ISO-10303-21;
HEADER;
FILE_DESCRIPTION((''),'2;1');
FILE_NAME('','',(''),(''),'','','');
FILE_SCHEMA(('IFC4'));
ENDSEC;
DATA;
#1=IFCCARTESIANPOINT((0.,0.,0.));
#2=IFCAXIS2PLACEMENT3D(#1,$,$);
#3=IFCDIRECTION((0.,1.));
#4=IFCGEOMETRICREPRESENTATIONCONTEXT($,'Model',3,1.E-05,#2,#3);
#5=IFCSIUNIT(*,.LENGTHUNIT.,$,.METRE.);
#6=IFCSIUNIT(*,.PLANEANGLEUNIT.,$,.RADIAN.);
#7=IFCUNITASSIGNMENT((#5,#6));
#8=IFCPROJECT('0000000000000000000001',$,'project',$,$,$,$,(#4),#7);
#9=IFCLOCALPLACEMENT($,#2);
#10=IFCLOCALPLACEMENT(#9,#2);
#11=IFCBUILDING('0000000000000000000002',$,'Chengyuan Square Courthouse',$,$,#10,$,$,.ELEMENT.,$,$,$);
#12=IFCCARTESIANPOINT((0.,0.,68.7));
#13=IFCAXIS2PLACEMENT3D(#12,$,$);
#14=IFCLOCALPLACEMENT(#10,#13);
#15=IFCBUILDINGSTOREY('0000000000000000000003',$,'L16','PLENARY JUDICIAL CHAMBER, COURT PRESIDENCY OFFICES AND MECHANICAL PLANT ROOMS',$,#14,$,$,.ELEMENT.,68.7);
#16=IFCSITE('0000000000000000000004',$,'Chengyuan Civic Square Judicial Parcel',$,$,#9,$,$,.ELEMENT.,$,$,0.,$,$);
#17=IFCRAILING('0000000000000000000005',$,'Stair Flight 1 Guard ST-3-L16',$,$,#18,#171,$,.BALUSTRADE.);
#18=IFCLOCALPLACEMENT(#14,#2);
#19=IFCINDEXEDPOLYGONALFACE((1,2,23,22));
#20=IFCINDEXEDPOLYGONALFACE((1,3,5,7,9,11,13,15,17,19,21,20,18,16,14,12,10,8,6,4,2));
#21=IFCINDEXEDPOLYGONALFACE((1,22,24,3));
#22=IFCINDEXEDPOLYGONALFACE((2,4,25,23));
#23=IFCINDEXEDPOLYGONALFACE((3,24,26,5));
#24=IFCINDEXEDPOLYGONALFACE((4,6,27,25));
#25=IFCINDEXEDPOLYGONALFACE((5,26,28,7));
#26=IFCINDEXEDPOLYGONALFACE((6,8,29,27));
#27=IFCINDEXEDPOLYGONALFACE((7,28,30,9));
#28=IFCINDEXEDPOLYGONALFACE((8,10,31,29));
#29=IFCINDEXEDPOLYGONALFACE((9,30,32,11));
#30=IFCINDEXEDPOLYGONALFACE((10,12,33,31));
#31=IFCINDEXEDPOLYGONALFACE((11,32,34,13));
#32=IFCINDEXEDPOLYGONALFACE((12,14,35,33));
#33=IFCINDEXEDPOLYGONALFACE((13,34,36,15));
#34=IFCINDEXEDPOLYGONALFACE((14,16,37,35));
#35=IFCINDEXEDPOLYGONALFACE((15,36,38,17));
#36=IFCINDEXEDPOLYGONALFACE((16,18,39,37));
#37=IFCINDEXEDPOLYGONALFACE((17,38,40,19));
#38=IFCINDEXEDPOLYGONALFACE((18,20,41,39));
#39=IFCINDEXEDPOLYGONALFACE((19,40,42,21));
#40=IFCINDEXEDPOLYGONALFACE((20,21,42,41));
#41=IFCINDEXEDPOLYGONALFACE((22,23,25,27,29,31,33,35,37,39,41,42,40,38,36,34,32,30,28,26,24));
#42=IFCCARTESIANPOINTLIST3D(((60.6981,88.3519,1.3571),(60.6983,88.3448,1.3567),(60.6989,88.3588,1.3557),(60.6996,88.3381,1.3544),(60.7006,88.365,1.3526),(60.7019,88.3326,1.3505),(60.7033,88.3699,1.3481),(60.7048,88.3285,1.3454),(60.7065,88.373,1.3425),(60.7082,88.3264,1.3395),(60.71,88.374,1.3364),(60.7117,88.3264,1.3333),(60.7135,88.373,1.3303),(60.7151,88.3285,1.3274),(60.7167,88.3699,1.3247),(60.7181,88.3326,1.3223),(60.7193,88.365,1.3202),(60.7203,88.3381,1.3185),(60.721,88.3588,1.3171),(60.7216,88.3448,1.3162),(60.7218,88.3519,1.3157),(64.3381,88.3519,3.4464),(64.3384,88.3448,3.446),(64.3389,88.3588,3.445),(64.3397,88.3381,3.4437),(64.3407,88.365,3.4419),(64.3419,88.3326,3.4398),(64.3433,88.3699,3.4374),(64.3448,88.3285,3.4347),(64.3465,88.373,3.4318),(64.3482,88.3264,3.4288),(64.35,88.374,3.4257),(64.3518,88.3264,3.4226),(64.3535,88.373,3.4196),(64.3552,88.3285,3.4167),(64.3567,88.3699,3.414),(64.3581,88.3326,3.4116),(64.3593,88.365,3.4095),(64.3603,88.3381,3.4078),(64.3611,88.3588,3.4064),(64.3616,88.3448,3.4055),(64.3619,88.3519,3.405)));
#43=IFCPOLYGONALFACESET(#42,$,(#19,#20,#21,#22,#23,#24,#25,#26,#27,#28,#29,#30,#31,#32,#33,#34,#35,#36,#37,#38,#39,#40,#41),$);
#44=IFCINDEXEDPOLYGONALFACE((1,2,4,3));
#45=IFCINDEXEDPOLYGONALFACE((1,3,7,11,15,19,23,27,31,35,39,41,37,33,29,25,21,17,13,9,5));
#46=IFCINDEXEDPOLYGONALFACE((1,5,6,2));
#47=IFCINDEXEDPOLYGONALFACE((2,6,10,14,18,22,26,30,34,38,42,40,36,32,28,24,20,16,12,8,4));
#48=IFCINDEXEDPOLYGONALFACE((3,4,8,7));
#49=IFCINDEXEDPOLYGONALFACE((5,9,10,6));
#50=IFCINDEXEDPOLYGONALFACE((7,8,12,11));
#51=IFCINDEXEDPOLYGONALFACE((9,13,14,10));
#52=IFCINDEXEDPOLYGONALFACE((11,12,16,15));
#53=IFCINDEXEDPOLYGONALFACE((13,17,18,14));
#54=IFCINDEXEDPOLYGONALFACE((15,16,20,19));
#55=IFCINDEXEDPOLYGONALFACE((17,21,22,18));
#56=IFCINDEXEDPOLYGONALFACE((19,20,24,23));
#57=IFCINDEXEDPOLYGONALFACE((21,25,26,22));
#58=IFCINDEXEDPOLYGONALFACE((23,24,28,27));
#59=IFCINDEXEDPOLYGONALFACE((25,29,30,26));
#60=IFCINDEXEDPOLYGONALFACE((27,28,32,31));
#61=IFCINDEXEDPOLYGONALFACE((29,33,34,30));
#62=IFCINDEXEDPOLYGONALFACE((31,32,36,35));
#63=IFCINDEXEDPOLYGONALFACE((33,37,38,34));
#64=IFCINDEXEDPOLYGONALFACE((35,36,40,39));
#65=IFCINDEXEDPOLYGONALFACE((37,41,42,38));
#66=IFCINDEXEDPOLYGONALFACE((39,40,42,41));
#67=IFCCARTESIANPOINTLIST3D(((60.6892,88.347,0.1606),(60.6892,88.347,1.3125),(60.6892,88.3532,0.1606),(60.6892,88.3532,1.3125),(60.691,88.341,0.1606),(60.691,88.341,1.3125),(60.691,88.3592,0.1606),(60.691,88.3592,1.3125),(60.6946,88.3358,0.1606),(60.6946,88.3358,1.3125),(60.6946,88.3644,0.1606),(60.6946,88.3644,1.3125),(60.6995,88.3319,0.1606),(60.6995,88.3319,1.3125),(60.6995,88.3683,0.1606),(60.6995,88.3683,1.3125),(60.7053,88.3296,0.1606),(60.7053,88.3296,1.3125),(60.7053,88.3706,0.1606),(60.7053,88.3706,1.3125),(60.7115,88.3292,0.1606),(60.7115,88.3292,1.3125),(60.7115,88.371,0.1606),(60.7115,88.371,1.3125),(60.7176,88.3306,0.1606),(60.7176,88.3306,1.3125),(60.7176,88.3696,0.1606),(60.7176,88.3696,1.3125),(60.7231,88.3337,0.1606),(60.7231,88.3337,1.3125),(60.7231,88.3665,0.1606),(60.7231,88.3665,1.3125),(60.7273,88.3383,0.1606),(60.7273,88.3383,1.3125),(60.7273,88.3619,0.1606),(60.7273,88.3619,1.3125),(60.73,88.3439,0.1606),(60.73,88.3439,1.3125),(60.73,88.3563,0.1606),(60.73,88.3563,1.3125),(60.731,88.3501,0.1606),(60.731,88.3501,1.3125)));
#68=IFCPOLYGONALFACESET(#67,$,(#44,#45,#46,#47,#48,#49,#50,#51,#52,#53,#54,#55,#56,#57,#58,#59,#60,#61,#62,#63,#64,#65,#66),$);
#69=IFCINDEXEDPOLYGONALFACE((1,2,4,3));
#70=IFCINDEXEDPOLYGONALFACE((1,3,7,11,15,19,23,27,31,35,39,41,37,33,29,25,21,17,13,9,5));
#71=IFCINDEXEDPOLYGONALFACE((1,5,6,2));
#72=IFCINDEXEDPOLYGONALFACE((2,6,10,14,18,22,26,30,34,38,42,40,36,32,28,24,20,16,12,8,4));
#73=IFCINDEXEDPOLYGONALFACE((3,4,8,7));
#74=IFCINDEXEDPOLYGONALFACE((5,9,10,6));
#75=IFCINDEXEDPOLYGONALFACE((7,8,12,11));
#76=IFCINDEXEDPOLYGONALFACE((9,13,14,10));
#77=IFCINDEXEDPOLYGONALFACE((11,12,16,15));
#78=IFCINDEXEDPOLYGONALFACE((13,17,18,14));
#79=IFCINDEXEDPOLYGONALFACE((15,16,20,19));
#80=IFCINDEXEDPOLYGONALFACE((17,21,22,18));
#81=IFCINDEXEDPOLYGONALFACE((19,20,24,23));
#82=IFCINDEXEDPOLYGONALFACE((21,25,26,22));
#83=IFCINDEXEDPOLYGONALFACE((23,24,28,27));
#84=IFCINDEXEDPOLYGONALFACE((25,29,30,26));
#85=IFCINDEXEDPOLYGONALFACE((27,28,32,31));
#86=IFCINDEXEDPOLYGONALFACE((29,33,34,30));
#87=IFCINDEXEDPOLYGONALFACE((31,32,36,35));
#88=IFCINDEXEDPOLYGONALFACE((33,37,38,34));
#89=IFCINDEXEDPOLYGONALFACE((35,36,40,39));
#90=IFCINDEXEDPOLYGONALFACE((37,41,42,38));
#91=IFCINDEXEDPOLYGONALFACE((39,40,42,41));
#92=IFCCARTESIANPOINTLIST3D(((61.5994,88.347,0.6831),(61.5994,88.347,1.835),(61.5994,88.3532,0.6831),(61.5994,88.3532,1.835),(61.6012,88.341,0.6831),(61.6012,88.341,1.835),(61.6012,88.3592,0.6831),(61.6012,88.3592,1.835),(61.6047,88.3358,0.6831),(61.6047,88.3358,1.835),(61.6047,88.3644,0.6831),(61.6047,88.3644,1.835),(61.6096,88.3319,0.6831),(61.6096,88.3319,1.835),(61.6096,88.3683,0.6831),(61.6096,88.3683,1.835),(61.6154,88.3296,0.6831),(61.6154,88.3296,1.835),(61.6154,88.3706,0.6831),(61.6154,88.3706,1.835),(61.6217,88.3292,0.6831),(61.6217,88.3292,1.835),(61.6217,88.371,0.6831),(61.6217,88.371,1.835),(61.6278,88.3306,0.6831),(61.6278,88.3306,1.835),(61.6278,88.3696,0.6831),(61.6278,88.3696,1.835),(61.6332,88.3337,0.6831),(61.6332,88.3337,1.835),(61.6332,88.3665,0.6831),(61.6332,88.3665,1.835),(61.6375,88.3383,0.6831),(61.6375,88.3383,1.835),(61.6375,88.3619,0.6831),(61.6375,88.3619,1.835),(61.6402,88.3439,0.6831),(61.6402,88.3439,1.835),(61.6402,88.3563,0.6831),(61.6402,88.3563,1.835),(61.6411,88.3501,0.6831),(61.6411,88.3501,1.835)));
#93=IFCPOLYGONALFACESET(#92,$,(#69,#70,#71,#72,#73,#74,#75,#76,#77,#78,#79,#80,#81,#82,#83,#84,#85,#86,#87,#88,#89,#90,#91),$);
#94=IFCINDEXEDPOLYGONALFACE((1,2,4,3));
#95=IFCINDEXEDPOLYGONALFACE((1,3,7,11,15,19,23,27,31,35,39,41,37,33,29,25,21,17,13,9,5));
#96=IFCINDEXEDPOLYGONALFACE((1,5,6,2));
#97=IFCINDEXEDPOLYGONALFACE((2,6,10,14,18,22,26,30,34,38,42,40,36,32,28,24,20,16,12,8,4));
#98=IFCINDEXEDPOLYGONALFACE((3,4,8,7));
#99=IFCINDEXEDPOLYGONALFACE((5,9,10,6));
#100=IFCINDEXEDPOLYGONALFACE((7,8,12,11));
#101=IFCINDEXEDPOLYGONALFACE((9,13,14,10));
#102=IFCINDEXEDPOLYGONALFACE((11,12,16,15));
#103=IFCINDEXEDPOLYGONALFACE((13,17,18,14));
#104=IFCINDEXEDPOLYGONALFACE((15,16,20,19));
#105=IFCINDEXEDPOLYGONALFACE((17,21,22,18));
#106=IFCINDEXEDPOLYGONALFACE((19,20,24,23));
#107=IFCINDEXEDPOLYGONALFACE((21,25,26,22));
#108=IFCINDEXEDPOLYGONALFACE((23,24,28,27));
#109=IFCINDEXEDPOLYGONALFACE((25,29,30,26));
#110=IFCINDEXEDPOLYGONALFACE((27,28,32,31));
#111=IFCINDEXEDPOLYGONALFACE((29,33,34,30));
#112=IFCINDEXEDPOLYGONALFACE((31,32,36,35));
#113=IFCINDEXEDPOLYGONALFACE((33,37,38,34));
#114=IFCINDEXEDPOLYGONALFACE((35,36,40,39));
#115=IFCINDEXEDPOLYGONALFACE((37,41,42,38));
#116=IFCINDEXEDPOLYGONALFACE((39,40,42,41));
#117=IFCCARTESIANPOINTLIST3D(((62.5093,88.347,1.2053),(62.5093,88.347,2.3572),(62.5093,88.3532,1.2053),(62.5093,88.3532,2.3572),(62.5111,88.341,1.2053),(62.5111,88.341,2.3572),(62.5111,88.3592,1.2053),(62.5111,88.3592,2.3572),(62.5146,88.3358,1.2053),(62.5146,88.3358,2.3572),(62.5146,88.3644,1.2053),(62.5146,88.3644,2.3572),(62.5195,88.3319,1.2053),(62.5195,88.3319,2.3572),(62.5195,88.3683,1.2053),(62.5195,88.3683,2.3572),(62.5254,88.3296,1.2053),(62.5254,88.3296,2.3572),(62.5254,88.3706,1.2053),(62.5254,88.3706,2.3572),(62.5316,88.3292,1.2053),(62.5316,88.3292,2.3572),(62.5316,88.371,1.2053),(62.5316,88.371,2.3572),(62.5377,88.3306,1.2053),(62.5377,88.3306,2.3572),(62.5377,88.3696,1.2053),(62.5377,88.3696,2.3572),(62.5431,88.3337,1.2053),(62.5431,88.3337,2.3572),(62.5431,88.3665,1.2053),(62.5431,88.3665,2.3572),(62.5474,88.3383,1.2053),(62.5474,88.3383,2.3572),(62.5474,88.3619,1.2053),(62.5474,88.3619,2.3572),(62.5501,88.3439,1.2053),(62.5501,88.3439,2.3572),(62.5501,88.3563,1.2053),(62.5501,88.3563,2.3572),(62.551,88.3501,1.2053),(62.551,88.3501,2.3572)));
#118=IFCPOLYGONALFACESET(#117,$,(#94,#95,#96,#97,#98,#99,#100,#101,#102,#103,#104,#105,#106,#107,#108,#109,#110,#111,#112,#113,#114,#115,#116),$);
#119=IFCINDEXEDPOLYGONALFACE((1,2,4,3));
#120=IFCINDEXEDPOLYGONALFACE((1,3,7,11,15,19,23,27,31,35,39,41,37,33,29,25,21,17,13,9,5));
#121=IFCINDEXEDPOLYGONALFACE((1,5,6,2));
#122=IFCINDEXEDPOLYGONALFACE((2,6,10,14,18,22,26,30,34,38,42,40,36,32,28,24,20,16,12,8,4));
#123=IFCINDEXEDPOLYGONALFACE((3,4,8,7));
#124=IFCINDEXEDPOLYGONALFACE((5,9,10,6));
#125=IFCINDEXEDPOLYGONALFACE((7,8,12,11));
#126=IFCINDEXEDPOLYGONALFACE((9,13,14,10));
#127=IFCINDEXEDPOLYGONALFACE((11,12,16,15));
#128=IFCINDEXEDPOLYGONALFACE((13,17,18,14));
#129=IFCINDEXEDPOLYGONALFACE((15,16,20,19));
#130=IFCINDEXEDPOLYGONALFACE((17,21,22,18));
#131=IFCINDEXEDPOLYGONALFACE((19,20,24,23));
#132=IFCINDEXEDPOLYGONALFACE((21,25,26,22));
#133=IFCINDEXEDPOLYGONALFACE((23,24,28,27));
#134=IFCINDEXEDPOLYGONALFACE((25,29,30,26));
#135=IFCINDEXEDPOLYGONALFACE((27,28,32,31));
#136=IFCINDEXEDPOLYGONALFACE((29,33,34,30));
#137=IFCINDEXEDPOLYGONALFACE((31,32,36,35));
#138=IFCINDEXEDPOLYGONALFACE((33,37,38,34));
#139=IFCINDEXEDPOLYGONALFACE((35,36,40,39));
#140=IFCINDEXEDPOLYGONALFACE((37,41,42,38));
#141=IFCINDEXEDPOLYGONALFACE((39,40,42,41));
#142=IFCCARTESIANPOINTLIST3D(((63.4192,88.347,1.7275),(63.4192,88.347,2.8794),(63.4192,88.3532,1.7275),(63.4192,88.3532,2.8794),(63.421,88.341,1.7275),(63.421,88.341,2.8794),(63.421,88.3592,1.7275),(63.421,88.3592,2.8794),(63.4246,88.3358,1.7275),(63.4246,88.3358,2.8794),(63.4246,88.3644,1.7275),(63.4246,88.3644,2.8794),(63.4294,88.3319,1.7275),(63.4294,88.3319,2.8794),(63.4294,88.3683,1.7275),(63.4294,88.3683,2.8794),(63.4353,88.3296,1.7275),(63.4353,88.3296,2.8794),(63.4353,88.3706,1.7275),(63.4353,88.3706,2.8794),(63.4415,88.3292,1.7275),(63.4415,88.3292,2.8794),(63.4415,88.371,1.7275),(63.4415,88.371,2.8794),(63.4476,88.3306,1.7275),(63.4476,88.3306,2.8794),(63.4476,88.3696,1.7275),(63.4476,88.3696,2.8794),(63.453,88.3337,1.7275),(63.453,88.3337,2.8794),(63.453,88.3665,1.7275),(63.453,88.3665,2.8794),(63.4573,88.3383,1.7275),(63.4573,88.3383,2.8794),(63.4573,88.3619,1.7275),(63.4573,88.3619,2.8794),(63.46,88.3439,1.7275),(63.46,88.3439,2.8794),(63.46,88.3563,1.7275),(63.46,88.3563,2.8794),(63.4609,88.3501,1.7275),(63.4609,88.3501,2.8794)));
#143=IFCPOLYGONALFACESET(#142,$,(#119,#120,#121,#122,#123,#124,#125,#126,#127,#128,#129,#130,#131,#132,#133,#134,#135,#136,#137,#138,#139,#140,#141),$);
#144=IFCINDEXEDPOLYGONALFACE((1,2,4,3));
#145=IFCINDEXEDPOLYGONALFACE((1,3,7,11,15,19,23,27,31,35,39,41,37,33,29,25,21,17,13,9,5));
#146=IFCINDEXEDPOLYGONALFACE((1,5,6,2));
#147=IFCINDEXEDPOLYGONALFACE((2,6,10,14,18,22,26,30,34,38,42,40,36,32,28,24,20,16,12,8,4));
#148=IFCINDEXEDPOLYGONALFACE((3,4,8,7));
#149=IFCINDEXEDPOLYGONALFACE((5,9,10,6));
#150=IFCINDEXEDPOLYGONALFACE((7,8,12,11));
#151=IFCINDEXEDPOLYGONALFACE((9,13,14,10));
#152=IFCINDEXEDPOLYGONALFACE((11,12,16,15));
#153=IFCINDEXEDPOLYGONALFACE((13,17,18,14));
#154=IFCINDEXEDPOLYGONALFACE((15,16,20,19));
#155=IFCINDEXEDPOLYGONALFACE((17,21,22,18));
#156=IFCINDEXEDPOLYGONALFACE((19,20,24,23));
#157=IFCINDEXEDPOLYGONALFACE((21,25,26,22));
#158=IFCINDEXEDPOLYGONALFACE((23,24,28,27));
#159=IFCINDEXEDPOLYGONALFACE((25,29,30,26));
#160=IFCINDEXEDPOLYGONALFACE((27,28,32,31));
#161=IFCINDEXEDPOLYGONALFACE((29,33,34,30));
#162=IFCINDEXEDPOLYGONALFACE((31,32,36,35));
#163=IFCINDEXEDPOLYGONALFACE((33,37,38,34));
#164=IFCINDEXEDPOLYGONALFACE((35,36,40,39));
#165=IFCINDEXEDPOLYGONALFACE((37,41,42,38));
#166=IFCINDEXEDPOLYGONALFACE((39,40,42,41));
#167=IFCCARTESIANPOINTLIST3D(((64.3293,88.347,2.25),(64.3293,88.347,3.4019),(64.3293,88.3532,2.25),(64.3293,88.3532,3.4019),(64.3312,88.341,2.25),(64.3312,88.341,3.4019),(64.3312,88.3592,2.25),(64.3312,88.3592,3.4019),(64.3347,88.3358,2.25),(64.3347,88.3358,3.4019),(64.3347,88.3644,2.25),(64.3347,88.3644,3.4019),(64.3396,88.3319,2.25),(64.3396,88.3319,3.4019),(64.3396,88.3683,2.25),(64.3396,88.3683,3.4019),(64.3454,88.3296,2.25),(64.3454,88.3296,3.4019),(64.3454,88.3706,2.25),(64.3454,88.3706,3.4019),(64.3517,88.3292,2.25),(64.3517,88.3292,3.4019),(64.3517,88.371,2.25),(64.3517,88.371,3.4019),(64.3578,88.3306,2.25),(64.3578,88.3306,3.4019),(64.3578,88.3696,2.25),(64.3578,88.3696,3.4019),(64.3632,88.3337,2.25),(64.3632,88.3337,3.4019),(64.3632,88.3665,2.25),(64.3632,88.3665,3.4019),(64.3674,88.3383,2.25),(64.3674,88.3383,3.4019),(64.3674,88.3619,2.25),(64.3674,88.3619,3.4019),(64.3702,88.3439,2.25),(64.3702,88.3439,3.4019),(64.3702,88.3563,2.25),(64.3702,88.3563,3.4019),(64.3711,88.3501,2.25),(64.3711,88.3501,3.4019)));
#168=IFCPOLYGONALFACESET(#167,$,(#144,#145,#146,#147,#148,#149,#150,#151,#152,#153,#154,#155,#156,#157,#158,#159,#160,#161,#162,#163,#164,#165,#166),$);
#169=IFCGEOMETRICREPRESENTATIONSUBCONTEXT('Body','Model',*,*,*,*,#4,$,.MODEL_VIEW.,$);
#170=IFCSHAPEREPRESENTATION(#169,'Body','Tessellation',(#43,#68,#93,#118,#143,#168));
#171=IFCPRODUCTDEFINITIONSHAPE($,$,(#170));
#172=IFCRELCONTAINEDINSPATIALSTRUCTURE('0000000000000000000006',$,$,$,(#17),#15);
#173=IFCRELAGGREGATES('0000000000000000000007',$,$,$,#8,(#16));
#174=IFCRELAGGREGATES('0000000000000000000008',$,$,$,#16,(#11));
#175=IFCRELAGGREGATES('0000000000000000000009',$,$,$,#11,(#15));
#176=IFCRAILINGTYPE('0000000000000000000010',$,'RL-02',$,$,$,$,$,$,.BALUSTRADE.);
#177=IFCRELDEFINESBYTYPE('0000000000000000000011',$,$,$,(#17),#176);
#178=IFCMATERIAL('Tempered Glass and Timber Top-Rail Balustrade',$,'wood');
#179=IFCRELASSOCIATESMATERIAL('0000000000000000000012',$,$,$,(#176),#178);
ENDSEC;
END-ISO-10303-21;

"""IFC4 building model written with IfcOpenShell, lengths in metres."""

from ifc_helpers import new_model, si_unit, direction, frame, origin, origin_2d, place, context, subcontext, project, spatial, circle, extrude, material, type_object, element, save


model = new_model("IFC4")

# Units and contexts
model_context = context("Model", 3, precision=1e-05, world=origin(), true_north=direction((0.0, 1.0)))
body_context = subcontext(model_context, "Body", "Model", "MODEL_VIEW")
ifc_project = project(units=[si_unit("LENGTHUNIT", "METRE"), si_unit("PLANEANGLEUNIT", "RADIAN")], contexts=[model_context])

# Site, building, storey
site_placement = place(None, origin())
site = spatial("IfcSite", under=ifc_project, at=site_placement, Name="Chengyuan Civic Square Judicial Parcel", CompositionType="ELEMENT", RefElevation=0.0)
building_placement = place(site_placement, origin())
building = spatial("IfcBuilding", under=site, at=building_placement, Name="Chengyuan Square Courthouse", CompositionType="ELEMENT")
storey_placement = place(building_placement, frame((0.0, 0.0, 68.7)))
storey = spatial("IfcBuildingStorey", under=building, at=storey_placement, Name="L16", Description="PLENARY JUDICIAL CHAMBER, COURT PRESIDENCY OFFICES AND MECHANICAL PLANT ROOMS", CompositionType="ELEMENT", Elevation=68.7)

# Railing
ifc_material_1 = material(Name="Tempered Glass and Timber Top-Rail Balustrade", Category="wood")
railing_type_1 = type_object("IfcRailingType", Name="RL-02", PredefinedType="BALUSTRADE", material=ifc_material_1)
railing_1_placement = place(storey_placement, frame((60.71, 88.3501, 0.1606)))
element("IfcRailing", 1, at=railing_1_placement, inside=storey, type_object=railing_type_1, Name="Stair Flight 1 Guard ST-3-L16", PredefinedType="BALUSTRADE", context=body_context, shape_type="SweptSolid", body=[
    extrude(circle(Radius=0.0239, at=origin_2d()), frame((0.0, 0.0, 1.1758), z_axis=(0.867289, 0.0, 0.497804), x_axis=(0.0, 1.0, 0.0)), (0.0, 0.0, 1.0), 4.197),
    extrude(circle(Radius=0.021, at=origin_2d()), origin(), (0.0, 0.0, 1.0), 1.1519),
    extrude(circle(Radius=0.021, at=origin_2d()), frame((0.9102, 0.0, 0.5225)), (0.0, 0.0, 1.0), 1.1519),
    extrude(circle(Radius=0.021, at=origin_2d()), frame((1.8201, 0.0, 1.0447)), (0.0, 0.0, 1.0), 1.1519),
    extrude(circle(Radius=0.021, at=origin_2d()), frame((2.73, 0.0, 1.5669)), (0.0, 0.0, 1.0), 1.1519),
    extrude(circle(Radius=0.021, at=origin_2d()), frame((3.6401, 0.0, 2.0894)), (0.0, 0.0, 1.0), 1.1519),
])

save(model, "model.ifc")
